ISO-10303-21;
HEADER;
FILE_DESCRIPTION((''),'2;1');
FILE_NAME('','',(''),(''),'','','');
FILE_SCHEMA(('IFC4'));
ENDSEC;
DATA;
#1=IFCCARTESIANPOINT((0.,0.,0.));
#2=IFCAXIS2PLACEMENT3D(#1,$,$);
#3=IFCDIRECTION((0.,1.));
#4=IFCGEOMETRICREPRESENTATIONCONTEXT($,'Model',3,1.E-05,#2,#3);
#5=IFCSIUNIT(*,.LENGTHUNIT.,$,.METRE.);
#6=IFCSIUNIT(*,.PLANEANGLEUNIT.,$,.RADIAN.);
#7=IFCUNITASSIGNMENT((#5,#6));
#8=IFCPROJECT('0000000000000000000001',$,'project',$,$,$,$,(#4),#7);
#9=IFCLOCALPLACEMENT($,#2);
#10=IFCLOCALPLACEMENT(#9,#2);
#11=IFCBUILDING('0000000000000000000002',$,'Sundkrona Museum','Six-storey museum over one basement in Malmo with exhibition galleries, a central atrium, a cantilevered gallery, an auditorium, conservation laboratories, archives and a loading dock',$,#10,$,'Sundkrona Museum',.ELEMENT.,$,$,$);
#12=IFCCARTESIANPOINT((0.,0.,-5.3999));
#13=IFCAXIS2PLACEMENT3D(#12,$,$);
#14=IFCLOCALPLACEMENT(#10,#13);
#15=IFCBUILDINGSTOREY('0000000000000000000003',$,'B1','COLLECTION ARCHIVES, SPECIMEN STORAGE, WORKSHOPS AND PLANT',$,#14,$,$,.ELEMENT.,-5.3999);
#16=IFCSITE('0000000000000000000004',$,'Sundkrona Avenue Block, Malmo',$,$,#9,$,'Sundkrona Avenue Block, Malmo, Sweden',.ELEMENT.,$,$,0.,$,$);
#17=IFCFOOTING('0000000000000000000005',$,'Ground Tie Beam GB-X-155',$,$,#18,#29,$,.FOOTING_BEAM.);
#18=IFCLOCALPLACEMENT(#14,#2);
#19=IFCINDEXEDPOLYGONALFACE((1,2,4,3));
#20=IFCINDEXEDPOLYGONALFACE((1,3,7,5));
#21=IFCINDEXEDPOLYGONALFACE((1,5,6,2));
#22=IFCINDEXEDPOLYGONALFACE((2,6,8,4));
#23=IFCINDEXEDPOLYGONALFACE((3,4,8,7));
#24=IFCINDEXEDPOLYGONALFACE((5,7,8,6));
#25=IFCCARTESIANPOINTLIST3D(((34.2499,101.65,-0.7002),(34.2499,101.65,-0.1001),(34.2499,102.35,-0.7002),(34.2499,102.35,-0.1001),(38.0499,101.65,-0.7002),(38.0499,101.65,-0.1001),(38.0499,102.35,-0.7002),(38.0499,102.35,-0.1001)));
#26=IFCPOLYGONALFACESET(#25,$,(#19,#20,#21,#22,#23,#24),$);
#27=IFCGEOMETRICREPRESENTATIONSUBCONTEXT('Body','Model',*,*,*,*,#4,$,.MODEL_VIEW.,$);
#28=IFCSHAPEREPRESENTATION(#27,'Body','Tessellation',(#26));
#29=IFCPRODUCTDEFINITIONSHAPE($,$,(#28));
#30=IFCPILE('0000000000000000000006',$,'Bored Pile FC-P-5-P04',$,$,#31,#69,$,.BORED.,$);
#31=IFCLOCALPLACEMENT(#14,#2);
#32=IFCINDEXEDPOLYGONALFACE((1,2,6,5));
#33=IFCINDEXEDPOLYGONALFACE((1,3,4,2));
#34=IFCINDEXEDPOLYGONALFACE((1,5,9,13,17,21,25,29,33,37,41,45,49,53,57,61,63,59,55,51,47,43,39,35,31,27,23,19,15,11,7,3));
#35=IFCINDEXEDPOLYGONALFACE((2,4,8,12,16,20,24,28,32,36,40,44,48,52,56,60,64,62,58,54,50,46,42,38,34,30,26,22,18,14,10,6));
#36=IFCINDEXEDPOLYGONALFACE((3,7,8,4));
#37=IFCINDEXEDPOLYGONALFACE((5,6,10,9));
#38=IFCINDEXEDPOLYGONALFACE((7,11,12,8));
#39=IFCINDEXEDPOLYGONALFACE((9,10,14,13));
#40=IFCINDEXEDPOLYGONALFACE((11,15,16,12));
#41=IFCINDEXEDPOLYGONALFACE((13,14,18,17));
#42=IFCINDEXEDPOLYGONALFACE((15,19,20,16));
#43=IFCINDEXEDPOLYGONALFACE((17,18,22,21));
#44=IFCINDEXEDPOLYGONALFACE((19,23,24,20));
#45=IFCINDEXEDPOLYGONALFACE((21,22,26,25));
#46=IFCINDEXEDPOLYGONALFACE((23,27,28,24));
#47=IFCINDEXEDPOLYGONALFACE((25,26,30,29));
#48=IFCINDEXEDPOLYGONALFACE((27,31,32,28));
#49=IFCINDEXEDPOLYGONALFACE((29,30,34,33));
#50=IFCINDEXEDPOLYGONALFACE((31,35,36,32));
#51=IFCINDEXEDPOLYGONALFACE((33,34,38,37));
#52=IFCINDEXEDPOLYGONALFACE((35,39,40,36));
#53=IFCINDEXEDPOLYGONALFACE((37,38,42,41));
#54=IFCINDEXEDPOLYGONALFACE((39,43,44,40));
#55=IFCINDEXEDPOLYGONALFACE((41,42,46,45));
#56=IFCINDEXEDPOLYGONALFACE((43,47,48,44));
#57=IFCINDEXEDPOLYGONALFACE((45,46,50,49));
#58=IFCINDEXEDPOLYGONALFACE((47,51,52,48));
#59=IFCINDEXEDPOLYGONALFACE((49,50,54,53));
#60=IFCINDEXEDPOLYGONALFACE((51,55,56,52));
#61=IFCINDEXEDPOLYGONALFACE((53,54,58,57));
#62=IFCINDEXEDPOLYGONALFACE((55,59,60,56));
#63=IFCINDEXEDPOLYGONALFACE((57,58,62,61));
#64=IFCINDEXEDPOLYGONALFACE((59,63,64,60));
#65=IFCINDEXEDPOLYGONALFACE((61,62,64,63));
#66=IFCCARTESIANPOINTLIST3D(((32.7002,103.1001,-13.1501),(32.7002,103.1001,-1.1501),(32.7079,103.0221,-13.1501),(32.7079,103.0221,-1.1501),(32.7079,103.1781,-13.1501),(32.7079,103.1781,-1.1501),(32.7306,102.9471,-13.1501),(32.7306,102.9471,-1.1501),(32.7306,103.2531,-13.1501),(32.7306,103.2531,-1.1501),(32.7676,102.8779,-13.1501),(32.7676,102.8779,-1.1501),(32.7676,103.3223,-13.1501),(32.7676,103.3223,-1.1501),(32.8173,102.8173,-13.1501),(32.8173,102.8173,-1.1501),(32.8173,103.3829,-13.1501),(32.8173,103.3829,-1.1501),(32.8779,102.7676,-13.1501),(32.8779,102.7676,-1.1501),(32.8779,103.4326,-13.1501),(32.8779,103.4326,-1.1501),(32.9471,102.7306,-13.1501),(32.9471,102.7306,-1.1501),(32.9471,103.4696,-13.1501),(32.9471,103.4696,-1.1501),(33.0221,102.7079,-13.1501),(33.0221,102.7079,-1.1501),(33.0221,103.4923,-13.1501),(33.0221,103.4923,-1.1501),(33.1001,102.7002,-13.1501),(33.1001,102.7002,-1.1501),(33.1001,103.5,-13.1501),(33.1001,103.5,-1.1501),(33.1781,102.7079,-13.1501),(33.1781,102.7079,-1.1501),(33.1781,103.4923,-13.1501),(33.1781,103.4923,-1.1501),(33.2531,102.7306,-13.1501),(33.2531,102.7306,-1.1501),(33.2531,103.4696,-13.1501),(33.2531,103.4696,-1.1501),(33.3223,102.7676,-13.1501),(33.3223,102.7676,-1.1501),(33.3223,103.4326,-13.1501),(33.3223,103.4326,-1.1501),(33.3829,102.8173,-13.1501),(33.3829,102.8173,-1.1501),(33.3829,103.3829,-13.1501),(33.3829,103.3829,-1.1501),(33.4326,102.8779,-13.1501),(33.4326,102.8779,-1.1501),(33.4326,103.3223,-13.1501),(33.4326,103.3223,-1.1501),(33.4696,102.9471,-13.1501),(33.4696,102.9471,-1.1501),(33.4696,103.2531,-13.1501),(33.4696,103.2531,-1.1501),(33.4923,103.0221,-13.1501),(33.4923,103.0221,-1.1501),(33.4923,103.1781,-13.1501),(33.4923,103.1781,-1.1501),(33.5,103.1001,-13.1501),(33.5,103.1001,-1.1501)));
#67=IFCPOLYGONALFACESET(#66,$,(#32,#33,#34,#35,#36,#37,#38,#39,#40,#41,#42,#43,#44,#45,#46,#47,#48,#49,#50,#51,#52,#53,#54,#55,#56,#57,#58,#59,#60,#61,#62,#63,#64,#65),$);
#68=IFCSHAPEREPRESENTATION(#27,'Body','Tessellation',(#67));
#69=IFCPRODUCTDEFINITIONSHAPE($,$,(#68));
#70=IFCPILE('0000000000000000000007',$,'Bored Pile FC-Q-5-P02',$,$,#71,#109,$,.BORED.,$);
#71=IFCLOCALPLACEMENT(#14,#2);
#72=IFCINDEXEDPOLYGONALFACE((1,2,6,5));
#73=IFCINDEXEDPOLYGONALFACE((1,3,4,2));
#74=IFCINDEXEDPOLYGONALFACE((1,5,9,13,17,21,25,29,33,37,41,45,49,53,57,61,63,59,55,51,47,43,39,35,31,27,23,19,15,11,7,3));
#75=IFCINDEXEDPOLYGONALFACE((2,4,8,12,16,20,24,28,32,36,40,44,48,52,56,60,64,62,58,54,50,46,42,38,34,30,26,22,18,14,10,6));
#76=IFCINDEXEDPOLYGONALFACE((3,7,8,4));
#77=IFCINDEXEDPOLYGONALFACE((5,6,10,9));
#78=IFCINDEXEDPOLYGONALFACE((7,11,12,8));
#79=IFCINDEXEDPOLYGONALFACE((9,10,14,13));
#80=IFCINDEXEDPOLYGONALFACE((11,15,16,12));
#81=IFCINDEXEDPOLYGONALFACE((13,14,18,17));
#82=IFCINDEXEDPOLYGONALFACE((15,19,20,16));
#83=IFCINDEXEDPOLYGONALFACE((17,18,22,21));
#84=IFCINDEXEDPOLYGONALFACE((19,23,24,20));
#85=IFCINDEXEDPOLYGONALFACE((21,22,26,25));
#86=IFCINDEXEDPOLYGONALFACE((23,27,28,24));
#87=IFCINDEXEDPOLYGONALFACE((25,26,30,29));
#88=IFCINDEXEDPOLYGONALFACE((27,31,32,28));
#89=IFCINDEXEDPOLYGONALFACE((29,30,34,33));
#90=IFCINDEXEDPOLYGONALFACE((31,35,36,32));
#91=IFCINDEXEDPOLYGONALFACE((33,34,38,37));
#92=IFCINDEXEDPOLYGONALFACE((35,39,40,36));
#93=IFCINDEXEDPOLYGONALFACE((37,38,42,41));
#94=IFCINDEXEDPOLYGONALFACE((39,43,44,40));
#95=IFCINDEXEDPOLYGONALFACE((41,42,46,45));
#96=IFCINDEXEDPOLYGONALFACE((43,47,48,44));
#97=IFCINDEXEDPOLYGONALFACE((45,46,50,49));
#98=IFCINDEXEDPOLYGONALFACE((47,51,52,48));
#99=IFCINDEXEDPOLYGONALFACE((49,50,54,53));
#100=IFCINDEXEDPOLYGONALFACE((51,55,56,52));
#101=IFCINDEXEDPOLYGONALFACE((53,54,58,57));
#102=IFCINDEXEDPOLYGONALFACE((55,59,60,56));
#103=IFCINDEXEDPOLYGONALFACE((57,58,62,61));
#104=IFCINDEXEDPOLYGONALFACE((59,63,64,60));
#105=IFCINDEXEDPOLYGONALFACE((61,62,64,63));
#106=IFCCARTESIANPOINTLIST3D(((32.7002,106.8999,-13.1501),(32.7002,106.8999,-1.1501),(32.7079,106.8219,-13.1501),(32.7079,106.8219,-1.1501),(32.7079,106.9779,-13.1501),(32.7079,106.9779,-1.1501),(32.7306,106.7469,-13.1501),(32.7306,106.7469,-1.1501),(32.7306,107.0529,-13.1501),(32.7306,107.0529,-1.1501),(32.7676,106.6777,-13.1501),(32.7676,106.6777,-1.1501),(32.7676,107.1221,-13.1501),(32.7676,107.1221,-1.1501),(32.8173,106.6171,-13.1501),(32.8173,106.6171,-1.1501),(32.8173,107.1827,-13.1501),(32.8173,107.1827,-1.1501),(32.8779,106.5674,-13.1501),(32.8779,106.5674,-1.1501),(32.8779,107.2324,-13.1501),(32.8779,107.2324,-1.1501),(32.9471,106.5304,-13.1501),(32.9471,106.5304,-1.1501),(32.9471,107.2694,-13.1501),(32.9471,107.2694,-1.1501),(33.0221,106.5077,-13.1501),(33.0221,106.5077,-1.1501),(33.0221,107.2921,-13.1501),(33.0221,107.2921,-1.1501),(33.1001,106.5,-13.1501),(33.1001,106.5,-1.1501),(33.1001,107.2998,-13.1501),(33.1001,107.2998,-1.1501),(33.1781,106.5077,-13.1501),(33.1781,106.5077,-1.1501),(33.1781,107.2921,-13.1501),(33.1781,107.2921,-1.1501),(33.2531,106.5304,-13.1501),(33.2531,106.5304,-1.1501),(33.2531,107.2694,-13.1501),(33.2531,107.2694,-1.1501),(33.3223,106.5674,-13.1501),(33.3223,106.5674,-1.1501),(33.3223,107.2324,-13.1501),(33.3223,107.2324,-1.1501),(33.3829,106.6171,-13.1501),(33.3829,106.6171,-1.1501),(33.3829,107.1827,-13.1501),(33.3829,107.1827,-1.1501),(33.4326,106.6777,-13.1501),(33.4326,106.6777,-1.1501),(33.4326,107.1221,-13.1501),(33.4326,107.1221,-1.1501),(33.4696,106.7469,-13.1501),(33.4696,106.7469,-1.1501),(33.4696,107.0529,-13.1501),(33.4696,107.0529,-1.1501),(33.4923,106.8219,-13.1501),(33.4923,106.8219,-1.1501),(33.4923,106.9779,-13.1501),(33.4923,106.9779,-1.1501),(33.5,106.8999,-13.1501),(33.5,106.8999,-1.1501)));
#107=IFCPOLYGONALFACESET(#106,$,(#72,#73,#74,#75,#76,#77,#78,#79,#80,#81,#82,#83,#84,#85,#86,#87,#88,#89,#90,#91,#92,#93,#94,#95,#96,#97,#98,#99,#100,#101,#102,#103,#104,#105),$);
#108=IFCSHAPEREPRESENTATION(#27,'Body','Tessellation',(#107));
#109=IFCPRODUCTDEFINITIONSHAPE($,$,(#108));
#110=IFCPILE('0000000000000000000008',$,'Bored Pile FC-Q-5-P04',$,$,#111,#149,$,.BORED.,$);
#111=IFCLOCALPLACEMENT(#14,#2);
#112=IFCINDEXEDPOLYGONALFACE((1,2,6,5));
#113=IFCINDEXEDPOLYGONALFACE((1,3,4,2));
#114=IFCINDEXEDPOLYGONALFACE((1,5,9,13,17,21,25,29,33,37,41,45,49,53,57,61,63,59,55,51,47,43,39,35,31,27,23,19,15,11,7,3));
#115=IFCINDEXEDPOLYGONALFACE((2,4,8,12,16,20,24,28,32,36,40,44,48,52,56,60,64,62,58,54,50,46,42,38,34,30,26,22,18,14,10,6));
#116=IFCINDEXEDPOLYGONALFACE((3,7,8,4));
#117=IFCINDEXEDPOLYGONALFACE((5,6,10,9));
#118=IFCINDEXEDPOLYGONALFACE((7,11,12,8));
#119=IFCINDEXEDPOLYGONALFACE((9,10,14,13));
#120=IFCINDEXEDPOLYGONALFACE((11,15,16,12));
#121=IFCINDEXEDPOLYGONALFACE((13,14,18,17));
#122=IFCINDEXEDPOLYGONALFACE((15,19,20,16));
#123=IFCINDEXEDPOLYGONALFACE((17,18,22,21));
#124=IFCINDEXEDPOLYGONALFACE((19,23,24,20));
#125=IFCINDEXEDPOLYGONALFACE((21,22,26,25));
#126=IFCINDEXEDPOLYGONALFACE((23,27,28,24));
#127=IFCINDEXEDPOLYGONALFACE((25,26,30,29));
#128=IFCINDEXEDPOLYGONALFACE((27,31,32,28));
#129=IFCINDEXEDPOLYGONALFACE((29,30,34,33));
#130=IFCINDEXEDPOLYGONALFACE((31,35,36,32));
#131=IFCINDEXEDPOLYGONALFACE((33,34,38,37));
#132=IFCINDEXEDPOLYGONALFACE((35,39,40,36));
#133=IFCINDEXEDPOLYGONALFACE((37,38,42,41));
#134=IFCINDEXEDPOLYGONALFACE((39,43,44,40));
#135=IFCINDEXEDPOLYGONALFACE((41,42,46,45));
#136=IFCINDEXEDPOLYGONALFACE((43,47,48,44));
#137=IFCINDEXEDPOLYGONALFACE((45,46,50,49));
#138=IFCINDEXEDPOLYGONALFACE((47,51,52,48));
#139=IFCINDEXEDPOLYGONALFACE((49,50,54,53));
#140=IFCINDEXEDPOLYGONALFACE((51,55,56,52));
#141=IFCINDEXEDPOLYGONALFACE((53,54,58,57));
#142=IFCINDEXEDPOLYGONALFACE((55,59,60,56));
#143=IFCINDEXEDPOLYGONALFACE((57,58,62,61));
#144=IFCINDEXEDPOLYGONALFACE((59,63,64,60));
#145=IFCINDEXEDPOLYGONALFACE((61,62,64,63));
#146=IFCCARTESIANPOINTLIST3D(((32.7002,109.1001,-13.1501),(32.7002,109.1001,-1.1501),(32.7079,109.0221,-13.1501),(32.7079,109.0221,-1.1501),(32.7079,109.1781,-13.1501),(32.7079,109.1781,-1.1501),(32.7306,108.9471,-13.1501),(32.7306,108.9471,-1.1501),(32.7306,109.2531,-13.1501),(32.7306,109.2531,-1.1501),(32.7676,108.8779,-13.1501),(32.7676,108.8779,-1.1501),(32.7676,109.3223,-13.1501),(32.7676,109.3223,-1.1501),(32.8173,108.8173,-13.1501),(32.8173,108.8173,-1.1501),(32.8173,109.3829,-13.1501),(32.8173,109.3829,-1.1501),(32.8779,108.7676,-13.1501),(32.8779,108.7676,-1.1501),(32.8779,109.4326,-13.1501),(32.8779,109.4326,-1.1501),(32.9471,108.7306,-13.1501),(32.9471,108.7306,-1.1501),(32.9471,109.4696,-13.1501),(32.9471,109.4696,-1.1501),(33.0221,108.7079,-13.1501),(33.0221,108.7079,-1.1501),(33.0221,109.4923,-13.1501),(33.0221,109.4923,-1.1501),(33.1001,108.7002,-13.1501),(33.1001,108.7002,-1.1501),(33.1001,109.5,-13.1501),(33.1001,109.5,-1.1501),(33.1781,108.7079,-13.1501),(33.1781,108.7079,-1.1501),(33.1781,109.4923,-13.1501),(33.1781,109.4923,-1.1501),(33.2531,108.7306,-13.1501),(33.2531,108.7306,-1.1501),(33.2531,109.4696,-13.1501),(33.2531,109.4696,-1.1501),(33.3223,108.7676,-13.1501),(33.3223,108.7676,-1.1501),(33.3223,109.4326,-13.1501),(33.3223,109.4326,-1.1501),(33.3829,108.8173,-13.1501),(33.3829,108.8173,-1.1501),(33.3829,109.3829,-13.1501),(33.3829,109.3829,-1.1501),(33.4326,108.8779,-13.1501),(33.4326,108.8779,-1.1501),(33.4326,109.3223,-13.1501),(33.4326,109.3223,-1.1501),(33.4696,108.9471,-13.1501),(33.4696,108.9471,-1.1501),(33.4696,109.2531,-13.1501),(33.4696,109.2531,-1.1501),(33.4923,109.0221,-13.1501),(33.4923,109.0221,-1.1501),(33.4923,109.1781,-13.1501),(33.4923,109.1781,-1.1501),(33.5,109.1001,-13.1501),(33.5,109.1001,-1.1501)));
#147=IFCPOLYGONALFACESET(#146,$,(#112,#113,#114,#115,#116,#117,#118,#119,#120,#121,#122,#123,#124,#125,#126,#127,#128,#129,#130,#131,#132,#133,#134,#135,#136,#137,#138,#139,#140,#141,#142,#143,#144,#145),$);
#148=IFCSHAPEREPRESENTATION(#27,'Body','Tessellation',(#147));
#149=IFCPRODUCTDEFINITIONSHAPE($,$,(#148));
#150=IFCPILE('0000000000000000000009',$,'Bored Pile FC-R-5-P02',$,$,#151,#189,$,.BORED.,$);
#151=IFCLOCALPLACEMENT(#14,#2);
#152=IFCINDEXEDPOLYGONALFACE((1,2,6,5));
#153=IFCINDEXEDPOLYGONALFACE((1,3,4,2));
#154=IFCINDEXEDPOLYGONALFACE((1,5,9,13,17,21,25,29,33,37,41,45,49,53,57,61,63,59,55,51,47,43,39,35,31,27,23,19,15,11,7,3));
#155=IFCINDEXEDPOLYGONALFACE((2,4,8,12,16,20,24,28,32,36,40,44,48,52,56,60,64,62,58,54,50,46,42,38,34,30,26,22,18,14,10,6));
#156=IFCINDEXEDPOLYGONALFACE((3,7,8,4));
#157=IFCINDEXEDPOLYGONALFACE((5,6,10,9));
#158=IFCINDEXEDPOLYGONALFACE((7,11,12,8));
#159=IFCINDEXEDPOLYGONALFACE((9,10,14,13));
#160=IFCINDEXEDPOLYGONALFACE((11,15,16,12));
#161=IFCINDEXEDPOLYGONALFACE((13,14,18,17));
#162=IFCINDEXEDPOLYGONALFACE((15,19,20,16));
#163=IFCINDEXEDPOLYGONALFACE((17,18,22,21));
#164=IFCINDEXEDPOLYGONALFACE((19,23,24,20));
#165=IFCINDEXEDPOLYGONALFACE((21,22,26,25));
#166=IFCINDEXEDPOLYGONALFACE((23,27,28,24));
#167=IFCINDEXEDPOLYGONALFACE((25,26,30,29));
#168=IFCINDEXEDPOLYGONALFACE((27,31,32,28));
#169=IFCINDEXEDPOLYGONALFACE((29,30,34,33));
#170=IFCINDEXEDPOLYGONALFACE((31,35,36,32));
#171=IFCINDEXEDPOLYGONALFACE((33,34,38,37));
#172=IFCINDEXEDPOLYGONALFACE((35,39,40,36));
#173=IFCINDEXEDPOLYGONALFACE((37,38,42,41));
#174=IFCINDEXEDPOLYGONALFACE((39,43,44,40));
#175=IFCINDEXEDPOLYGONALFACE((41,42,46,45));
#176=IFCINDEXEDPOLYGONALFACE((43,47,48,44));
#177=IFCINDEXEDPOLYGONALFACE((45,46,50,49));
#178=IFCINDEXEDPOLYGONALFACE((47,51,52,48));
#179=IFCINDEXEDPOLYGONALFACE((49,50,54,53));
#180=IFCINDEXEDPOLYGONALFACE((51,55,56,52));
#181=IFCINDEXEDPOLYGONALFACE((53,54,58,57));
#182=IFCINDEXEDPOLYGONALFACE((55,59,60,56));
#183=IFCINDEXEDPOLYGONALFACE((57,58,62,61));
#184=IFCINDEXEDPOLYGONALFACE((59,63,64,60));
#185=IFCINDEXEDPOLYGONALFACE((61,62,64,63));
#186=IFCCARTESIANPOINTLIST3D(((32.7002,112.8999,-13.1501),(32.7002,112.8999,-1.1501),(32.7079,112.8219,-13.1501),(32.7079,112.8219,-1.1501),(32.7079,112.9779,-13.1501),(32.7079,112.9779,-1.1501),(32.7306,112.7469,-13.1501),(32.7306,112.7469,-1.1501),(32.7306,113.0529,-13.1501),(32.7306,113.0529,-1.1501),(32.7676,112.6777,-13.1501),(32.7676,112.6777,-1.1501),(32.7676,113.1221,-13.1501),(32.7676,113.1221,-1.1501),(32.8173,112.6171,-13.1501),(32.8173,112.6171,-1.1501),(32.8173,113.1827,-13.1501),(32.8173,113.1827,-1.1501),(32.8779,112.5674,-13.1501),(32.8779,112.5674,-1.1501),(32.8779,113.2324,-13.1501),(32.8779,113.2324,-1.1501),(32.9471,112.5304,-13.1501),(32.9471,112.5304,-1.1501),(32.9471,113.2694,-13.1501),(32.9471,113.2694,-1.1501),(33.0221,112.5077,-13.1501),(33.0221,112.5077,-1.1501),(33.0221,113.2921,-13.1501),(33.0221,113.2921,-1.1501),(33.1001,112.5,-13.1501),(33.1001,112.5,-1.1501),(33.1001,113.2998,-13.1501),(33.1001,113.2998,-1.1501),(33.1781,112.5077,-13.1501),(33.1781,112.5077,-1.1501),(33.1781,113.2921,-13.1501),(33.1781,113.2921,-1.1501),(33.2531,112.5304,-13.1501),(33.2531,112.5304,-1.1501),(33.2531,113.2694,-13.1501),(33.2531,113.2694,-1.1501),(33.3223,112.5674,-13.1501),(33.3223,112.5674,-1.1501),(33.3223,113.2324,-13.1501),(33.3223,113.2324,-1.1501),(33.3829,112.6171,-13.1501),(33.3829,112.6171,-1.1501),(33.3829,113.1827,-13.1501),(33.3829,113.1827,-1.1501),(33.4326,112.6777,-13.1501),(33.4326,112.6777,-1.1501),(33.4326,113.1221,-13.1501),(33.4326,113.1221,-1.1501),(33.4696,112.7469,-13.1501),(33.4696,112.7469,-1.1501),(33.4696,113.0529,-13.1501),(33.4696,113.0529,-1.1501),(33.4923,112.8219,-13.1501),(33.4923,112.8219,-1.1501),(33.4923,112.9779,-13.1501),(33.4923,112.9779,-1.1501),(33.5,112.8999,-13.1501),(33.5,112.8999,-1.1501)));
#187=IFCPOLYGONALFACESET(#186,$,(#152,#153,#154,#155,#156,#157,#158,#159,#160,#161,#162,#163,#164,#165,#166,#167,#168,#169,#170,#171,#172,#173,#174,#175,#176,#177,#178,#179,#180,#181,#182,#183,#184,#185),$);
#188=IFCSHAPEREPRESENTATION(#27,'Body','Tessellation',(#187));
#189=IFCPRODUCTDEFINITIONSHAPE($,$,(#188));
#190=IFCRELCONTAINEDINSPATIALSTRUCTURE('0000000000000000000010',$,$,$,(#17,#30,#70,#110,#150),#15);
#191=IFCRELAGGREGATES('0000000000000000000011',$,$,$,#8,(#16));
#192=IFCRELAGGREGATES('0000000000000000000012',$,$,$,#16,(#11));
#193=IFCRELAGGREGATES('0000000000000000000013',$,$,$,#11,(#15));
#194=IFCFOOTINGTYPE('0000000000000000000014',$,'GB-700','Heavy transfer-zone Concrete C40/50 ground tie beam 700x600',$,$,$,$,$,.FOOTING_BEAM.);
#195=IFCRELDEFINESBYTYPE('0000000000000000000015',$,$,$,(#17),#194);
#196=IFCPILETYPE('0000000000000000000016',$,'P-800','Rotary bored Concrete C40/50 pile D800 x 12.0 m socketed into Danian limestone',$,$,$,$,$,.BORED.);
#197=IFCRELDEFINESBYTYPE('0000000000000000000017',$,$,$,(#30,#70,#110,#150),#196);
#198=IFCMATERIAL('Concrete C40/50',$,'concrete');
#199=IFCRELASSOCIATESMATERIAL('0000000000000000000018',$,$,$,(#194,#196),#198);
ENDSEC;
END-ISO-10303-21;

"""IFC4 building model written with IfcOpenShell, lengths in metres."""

from ifc_helpers import new_model, si_unit, direction, frame, origin, origin_2d, place, context, subcontext, project, spatial, rectangle, circle, extrude, material, material_profile, profile_set, type_object, element, save


model = new_model("IFC4")

# Units and contexts
model_context = context("Model", 3, precision=1e-05, world=origin(), true_north=direction((0.0, 1.0)))
body_context = subcontext(model_context, "Body", "Model", "MODEL_VIEW")
ifc_project = project(units=[si_unit("LENGTHUNIT", "METRE"), si_unit("PLANEANGLEUNIT", "RADIAN")], contexts=[model_context])

# Site, building, storey
site_placement = place(None, origin())
site = spatial("IfcSite", under=ifc_project, at=site_placement, Name="Sundkrona Avenue Block, Malmo", LongName="Sundkrona Avenue Block, Malmo, Sweden", CompositionType="ELEMENT", RefElevation=0.0)
building_placement = place(site_placement, origin())
building = spatial("IfcBuilding", under=site, at=building_placement, Name="Sundkrona Museum", Description="Six-storey museum over one basement in Malmo with exhibition galleries, a central atrium, a cantilevered gallery, an auditorium, conservation laboratories, archives and a loading dock", LongName="Sundkrona Museum", CompositionType="ELEMENT")
storey_placement = place(building_placement, frame((0.0, 0.0, -5.3999)))
storey = spatial("IfcBuildingStorey", under=building, at=storey_placement, Name="B1", Description="COLLECTION ARCHIVES, SPECIMEN STORAGE, WORKSHOPS AND PLANT", CompositionType="ELEMENT", Elevation=-5.3999)

# Footing
ifc_material_1 = material(Name="Concrete C40/50", Category="concrete")
footing_type_1 = type_object("IfcFootingType", Name="GB-700", Description="Heavy transfer-zone Concrete C40/50 ground tie beam 700x600", PredefinedType="FOOTING_BEAM", material=ifc_material_1)
footing_1_placement = place(storey_placement, frame((36.1499, 102.0, -0.7002), z_axis=(0.0, 0.0, 1.0), x_axis=(1.0, 0.0, 0.0)))
element("IfcFooting", 1, at=footing_1_placement, inside=storey, type_object=footing_type_1, Name="Ground Tie Beam GB-X-155", PredefinedType="FOOTING_BEAM", context=body_context, shape_type="SweptSolid", body=[
    extrude(rectangle(XDim=3.8, YDim=0.7, at=origin_2d()), origin(), (0.0, 0.0, 1.0), 0.6001),
])

# Piles
ifc_material_profile_1 = material_profile(ifc_material_1, circle(Radius=0.3999, at=origin_2d()), Name="PILE D800")
ifc_profile_set_1 = profile_set([ifc_material_profile_1], Name="Concrete C40/50")
pile_type = type_object("IfcPileType", Name="P-800", Description="Rotary bored Concrete C40/50 pile D800 x 12.0 m socketed into Danian limestone", PredefinedType="BORED", material=ifc_profile_set_1)
for number, where, z_axis, x_axis, name in (
    (2, (33.1001, 103.1001, -1.1501), (0.0, 0.0, -1.0), (1.0, 0.0, 0.0), "Bored Pile FC-P-5-P04"),
    (3, (33.1001, 106.8999, -1.1501), (0.0, 0.0, -1.0), (1.0, 0.0, 0.0), "Bored Pile FC-Q-5-P02"),
    (4, (33.1001, 109.1001, -1.1501), (0.0, 0.0, -1.0), (1.0, 0.0, 0.0), "Bored Pile FC-Q-5-P04"),
    (5, (33.1001, 112.8999, -1.1501), (0.0, 0.0, -1.0), (1.0, 0.0, 0.0), "Bored Pile FC-R-5-P02"),
):
    element("IfcPile", number, at=place(storey_placement, frame(where, z_axis=z_axis, x_axis=x_axis)), inside=storey, type_object=pile_type, Name=name, PredefinedType="BORED", context=body_context, shape_type="SweptSolid", body=[
        extrude(circle(Radius=0.3999, at=origin_2d()), origin(), (0.0, 0.0, 1.0), 12.0),
    ])

save(model, "model.ifc")
